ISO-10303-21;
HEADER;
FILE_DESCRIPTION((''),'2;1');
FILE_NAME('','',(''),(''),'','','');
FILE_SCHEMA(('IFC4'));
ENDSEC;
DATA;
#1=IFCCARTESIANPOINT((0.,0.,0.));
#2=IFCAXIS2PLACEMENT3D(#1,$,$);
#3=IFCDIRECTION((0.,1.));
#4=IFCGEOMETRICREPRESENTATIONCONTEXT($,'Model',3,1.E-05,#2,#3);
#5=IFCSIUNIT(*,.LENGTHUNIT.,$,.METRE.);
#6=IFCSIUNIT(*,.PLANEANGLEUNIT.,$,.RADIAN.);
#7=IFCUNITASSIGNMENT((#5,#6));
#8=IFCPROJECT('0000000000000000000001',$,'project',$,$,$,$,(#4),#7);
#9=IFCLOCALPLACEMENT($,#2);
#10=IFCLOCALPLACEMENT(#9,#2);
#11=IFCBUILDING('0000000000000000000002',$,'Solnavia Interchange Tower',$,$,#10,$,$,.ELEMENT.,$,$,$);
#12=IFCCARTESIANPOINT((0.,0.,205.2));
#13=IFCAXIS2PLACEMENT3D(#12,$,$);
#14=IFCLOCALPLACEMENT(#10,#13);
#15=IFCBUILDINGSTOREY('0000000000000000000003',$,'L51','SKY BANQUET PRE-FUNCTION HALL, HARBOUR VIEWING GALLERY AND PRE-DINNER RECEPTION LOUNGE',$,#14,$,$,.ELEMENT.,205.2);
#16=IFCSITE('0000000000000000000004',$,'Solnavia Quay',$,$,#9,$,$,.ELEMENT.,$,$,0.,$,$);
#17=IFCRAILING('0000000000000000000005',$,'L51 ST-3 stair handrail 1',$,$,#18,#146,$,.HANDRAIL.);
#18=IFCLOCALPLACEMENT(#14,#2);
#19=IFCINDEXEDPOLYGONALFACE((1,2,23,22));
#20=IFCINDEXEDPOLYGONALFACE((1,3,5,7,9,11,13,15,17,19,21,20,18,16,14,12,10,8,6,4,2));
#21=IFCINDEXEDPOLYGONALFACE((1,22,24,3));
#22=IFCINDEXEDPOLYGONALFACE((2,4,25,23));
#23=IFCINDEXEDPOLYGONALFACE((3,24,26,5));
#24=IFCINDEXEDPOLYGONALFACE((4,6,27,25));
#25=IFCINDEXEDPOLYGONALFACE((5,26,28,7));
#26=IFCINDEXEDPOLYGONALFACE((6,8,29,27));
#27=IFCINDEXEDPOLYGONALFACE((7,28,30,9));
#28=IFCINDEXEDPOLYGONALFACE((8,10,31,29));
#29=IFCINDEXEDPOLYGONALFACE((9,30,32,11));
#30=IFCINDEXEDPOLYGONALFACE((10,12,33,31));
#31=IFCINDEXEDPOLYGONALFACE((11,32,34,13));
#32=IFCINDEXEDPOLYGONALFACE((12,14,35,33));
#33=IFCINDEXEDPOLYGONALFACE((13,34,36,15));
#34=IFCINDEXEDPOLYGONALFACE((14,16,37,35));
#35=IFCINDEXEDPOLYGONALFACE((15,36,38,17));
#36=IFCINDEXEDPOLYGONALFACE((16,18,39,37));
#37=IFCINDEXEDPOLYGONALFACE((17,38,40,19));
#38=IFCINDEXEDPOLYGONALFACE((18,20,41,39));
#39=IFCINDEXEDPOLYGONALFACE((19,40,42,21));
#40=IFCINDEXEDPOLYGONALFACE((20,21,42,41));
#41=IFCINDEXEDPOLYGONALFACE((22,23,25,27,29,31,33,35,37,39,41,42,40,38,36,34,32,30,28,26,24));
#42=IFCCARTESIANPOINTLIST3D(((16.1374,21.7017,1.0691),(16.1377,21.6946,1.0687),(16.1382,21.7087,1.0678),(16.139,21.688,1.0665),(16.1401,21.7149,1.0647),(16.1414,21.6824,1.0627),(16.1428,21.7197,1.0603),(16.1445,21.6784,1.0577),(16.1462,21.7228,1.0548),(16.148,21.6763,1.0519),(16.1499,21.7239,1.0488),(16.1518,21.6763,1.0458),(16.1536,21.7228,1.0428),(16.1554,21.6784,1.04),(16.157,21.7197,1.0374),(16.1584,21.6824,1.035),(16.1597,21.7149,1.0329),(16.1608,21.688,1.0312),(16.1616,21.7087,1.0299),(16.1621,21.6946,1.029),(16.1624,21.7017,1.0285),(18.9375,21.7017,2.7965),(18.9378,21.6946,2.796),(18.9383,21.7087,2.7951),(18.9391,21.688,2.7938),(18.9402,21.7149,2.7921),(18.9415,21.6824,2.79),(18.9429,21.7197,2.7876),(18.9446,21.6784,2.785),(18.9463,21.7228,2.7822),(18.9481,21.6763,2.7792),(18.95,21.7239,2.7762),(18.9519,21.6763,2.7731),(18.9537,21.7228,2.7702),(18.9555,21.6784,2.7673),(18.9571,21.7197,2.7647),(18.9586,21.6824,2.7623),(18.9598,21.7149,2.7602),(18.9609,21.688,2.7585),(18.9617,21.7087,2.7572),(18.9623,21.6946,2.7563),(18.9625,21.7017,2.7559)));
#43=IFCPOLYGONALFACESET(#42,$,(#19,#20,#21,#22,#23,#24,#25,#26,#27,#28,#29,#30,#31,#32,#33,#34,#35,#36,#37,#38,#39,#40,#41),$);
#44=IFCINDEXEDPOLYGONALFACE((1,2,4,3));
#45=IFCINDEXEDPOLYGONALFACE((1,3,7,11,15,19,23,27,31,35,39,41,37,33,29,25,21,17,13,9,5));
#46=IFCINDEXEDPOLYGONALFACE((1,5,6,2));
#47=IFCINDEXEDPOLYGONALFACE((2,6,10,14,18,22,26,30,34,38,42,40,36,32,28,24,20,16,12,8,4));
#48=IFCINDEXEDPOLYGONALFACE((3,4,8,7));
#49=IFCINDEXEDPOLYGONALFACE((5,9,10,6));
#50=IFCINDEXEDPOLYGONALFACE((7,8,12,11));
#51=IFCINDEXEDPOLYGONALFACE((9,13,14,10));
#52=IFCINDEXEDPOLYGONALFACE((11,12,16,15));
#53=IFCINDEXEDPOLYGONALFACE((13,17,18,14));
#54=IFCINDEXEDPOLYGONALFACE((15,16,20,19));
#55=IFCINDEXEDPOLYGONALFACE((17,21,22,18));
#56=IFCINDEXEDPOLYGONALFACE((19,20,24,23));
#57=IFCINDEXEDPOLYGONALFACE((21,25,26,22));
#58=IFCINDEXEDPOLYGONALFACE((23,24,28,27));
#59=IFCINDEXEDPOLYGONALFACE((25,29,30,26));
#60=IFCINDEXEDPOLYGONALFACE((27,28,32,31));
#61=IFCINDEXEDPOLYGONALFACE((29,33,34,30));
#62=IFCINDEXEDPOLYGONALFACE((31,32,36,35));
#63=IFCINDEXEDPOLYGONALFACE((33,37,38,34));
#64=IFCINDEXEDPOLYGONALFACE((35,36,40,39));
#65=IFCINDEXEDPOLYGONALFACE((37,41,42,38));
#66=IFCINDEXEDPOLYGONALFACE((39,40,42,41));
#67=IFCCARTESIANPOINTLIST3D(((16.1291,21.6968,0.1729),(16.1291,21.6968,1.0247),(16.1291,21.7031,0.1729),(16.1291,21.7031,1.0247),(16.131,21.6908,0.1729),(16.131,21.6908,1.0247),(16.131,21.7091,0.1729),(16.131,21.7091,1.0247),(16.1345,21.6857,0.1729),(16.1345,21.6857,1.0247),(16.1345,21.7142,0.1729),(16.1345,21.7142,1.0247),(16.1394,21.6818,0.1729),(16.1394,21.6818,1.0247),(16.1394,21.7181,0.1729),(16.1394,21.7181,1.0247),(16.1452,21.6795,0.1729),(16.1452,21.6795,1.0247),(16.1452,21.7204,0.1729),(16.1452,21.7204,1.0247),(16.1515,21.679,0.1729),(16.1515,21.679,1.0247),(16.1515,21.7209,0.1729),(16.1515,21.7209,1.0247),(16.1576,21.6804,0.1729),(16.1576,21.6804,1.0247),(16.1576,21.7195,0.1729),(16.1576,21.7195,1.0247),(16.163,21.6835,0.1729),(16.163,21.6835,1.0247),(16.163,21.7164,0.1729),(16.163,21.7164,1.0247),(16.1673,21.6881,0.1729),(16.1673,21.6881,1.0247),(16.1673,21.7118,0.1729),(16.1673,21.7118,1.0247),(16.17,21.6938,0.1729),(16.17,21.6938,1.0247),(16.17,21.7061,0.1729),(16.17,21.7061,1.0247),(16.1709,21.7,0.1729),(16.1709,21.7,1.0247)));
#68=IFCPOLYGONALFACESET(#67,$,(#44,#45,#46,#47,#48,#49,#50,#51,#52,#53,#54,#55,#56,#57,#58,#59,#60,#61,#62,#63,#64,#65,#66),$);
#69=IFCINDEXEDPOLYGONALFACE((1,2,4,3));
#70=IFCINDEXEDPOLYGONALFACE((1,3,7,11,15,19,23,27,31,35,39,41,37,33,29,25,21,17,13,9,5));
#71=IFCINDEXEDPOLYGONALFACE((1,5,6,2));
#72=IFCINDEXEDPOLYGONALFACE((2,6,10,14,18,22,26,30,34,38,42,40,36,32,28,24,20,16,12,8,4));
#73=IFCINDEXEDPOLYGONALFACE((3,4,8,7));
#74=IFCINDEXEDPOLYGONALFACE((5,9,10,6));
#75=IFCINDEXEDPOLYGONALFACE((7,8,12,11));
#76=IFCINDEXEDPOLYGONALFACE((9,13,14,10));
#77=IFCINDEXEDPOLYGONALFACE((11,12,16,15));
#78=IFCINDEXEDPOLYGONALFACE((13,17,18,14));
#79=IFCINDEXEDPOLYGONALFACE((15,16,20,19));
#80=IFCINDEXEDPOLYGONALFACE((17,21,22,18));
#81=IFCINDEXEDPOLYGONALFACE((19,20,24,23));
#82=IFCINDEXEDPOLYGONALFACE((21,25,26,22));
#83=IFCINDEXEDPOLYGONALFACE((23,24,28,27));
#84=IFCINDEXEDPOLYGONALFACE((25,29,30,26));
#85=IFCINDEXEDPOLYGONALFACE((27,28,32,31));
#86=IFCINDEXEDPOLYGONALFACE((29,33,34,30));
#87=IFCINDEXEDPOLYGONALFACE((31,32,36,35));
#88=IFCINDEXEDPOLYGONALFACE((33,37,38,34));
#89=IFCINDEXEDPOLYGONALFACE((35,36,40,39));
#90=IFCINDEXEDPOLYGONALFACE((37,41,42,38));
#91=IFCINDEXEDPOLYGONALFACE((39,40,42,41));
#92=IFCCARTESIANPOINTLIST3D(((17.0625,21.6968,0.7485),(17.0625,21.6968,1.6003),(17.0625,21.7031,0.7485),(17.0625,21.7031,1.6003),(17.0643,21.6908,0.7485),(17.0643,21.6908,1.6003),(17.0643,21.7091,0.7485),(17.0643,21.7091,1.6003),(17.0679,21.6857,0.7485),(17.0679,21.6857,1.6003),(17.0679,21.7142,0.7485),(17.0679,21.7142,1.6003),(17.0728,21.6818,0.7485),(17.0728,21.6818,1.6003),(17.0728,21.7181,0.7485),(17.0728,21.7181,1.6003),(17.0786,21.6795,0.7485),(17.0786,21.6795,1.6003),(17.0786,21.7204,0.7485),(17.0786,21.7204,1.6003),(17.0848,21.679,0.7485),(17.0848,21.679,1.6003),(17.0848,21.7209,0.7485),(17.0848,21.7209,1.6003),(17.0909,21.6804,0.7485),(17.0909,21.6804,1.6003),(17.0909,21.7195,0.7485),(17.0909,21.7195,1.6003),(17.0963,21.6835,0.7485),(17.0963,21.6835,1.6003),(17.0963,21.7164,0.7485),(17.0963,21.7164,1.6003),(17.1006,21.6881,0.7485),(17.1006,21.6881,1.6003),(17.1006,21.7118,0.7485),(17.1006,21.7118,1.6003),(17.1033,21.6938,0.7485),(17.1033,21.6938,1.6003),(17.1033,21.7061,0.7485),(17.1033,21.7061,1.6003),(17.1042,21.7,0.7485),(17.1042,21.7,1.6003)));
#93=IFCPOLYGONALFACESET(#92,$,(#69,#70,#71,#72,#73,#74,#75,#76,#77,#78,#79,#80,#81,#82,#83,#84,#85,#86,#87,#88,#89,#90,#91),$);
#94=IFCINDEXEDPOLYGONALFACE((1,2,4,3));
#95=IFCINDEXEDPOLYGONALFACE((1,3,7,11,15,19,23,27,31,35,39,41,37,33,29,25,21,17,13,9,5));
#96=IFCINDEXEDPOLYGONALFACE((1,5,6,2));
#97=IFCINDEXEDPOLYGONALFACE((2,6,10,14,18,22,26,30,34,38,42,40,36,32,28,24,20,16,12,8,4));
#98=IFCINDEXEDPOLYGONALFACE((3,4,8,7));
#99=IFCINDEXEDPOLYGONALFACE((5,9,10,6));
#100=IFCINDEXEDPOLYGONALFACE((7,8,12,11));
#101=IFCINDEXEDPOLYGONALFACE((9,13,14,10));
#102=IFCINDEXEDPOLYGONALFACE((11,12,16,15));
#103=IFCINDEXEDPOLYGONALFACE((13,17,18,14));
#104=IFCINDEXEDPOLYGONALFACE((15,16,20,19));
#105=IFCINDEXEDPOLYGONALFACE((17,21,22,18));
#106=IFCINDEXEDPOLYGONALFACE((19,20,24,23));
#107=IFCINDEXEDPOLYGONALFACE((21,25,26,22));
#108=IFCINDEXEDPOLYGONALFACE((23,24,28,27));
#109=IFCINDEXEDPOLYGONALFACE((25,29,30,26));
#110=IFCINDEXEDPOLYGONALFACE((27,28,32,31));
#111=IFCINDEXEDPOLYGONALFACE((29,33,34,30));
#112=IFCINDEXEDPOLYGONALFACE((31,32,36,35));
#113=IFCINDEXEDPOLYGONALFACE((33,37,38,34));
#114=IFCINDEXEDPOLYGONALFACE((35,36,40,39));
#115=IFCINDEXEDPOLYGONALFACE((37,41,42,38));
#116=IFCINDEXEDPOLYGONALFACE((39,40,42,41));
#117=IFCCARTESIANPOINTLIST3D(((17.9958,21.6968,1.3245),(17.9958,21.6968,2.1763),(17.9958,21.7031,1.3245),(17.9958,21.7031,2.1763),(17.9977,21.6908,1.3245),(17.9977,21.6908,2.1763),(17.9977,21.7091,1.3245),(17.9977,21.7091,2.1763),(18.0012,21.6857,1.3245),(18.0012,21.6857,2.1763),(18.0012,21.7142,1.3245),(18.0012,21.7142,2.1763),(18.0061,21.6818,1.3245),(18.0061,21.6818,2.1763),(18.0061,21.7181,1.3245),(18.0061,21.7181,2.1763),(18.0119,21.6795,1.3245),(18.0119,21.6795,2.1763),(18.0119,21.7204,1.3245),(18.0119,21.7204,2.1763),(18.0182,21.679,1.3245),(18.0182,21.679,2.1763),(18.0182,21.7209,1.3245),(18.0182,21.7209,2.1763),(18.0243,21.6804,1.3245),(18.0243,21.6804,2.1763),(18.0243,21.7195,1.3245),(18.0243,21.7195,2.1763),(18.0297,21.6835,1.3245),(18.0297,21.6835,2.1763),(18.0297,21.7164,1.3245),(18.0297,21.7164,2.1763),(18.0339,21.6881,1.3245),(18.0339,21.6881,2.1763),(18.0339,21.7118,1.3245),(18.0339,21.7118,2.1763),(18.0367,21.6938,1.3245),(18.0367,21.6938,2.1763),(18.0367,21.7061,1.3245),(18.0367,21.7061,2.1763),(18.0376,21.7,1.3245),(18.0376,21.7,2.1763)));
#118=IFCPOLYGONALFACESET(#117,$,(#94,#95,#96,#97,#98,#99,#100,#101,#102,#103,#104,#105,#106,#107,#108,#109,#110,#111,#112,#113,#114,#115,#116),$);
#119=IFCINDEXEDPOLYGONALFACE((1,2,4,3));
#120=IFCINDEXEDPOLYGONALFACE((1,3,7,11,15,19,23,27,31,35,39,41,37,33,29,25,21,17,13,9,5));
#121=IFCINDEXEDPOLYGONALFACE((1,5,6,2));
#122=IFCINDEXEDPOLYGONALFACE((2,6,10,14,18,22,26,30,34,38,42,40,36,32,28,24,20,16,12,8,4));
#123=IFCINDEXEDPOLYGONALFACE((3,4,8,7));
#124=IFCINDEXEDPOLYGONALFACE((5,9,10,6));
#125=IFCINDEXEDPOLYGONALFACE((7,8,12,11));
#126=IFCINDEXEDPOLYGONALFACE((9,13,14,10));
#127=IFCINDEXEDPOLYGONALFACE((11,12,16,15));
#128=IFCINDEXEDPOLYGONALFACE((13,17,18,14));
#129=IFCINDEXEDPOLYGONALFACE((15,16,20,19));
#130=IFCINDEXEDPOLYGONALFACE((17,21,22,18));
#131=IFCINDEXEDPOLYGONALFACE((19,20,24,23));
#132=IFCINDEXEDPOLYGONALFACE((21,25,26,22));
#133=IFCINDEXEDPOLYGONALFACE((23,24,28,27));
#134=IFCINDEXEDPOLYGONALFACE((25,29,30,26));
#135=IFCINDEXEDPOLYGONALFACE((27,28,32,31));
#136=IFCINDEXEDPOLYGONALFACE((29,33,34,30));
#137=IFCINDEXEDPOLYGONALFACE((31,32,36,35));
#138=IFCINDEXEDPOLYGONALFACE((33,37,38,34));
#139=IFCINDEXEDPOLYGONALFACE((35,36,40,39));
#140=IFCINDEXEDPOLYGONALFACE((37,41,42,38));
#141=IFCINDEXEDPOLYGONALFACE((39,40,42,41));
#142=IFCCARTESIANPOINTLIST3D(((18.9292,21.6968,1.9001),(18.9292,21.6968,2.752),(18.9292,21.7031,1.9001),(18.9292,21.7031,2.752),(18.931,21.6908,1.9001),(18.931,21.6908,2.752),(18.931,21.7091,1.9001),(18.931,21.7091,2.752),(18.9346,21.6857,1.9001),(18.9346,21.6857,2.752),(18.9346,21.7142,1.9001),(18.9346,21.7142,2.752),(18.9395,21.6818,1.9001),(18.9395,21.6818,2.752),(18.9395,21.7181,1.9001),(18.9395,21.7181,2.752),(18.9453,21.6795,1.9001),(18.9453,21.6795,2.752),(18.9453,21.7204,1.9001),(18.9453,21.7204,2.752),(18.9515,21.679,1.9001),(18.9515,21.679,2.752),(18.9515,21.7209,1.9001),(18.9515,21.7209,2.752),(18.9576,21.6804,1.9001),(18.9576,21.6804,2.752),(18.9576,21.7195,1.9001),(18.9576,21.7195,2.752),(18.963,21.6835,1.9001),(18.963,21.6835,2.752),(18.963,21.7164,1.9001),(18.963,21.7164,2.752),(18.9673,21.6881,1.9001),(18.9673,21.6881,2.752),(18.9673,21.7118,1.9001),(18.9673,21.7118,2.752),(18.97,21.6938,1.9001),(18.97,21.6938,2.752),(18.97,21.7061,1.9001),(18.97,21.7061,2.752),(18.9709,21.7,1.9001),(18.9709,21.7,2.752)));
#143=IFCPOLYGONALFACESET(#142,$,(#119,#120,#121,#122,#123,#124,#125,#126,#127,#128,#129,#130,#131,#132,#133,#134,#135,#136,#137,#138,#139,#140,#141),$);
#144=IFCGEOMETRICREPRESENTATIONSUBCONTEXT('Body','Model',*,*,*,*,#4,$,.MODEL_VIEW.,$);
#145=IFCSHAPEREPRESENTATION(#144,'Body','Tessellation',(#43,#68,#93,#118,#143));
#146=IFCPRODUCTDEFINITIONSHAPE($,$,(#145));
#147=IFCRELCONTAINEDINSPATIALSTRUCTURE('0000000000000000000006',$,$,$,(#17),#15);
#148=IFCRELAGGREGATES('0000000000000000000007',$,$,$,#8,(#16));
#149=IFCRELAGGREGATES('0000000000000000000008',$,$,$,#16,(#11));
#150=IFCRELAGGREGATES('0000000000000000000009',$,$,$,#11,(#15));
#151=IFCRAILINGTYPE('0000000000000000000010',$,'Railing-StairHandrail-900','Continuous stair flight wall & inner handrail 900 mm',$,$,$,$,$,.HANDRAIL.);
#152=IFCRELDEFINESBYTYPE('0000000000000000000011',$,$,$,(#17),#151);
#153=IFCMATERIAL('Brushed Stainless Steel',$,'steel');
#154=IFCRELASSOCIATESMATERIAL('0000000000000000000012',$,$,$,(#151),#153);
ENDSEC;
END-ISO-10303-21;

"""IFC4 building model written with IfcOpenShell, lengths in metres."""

from ifc_helpers import new_model, si_unit, direction, frame, origin, origin_2d, place, context, subcontext, project, spatial, circle, extrude, material, type_object, element, save


model = new_model("IFC4")

# Units and contexts
model_context = context("Model", 3, precision=1e-05, world=origin(), true_north=direction((0.0, 1.0)))
body_context = subcontext(model_context, "Body", "Model", "MODEL_VIEW")
ifc_project = project(units=[si_unit("LENGTHUNIT", "METRE"), si_unit("PLANEANGLEUNIT", "RADIAN")], contexts=[model_context])

# Site, building, storey
site_placement = place(None, origin())
site = spatial("IfcSite", under=ifc_project, at=site_placement, Name="Solnavia Quay", CompositionType="ELEMENT", RefElevation=0.0)
building_placement = place(site_placement, origin())
building = spatial("IfcBuilding", under=site, at=building_placement, Name="Solnavia Interchange Tower", CompositionType="ELEMENT")
storey_placement = place(building_placement, frame((0.0, 0.0, 205.2)))
storey = spatial("IfcBuildingStorey", under=building, at=storey_placement, Name="L51", Description="SKY BANQUET PRE-FUNCTION HALL, HARBOUR VIEWING GALLERY AND PRE-DINNER RECEPTION LOUNGE", CompositionType="ELEMENT", Elevation=205.2)

# Railing
ifc_material_1 = material(Name="Brushed Stainless Steel", Category="steel")
railing_type_1 = type_object("IfcRailingType", Name="Railing-StairHandrail-900", Description="Continuous stair flight wall & inner handrail 900 mm", PredefinedType="HANDRAIL", material=ifc_material_1)
railing_1_placement = place(storey_placement, frame((16.1499, 21.7, 0.1729)))
element("IfcRailing", 1, at=railing_1_placement, inside=storey, type_object=railing_type_1, Name="L51 ST-3 stair handrail 1", PredefinedType="HANDRAIL", context=body_context, shape_type="SweptSolid", body=[
    extrude(circle(Radius=0.0239, at=origin_2d()), frame((0.0, 0.0, 0.876), z_axis=(0.85109, 0.0, 0.52502), x_axis=(0.0, 1.0, 0.0)), (0.0, 0.0, 1.0), 3.29),
    extrude(circle(Radius=0.021, at=origin_2d()), origin(), (0.0, 0.0, 1.0), 0.8518),
    extrude(circle(Radius=0.021, at=origin_2d()), frame((0.9333, 0.0, 0.5757)), (0.0, 0.0, 1.0), 0.8518),
    extrude(circle(Radius=0.021, at=origin_2d()), frame((1.8667, 0.0, 1.1516)), (0.0, 0.0, 1.0), 0.8518),
    extrude(circle(Radius=0.021, at=origin_2d()), frame((2.8, 0.0, 1.7273)), (0.0, 0.0, 1.0), 0.8518),
])

save(model, "model.ifc")
